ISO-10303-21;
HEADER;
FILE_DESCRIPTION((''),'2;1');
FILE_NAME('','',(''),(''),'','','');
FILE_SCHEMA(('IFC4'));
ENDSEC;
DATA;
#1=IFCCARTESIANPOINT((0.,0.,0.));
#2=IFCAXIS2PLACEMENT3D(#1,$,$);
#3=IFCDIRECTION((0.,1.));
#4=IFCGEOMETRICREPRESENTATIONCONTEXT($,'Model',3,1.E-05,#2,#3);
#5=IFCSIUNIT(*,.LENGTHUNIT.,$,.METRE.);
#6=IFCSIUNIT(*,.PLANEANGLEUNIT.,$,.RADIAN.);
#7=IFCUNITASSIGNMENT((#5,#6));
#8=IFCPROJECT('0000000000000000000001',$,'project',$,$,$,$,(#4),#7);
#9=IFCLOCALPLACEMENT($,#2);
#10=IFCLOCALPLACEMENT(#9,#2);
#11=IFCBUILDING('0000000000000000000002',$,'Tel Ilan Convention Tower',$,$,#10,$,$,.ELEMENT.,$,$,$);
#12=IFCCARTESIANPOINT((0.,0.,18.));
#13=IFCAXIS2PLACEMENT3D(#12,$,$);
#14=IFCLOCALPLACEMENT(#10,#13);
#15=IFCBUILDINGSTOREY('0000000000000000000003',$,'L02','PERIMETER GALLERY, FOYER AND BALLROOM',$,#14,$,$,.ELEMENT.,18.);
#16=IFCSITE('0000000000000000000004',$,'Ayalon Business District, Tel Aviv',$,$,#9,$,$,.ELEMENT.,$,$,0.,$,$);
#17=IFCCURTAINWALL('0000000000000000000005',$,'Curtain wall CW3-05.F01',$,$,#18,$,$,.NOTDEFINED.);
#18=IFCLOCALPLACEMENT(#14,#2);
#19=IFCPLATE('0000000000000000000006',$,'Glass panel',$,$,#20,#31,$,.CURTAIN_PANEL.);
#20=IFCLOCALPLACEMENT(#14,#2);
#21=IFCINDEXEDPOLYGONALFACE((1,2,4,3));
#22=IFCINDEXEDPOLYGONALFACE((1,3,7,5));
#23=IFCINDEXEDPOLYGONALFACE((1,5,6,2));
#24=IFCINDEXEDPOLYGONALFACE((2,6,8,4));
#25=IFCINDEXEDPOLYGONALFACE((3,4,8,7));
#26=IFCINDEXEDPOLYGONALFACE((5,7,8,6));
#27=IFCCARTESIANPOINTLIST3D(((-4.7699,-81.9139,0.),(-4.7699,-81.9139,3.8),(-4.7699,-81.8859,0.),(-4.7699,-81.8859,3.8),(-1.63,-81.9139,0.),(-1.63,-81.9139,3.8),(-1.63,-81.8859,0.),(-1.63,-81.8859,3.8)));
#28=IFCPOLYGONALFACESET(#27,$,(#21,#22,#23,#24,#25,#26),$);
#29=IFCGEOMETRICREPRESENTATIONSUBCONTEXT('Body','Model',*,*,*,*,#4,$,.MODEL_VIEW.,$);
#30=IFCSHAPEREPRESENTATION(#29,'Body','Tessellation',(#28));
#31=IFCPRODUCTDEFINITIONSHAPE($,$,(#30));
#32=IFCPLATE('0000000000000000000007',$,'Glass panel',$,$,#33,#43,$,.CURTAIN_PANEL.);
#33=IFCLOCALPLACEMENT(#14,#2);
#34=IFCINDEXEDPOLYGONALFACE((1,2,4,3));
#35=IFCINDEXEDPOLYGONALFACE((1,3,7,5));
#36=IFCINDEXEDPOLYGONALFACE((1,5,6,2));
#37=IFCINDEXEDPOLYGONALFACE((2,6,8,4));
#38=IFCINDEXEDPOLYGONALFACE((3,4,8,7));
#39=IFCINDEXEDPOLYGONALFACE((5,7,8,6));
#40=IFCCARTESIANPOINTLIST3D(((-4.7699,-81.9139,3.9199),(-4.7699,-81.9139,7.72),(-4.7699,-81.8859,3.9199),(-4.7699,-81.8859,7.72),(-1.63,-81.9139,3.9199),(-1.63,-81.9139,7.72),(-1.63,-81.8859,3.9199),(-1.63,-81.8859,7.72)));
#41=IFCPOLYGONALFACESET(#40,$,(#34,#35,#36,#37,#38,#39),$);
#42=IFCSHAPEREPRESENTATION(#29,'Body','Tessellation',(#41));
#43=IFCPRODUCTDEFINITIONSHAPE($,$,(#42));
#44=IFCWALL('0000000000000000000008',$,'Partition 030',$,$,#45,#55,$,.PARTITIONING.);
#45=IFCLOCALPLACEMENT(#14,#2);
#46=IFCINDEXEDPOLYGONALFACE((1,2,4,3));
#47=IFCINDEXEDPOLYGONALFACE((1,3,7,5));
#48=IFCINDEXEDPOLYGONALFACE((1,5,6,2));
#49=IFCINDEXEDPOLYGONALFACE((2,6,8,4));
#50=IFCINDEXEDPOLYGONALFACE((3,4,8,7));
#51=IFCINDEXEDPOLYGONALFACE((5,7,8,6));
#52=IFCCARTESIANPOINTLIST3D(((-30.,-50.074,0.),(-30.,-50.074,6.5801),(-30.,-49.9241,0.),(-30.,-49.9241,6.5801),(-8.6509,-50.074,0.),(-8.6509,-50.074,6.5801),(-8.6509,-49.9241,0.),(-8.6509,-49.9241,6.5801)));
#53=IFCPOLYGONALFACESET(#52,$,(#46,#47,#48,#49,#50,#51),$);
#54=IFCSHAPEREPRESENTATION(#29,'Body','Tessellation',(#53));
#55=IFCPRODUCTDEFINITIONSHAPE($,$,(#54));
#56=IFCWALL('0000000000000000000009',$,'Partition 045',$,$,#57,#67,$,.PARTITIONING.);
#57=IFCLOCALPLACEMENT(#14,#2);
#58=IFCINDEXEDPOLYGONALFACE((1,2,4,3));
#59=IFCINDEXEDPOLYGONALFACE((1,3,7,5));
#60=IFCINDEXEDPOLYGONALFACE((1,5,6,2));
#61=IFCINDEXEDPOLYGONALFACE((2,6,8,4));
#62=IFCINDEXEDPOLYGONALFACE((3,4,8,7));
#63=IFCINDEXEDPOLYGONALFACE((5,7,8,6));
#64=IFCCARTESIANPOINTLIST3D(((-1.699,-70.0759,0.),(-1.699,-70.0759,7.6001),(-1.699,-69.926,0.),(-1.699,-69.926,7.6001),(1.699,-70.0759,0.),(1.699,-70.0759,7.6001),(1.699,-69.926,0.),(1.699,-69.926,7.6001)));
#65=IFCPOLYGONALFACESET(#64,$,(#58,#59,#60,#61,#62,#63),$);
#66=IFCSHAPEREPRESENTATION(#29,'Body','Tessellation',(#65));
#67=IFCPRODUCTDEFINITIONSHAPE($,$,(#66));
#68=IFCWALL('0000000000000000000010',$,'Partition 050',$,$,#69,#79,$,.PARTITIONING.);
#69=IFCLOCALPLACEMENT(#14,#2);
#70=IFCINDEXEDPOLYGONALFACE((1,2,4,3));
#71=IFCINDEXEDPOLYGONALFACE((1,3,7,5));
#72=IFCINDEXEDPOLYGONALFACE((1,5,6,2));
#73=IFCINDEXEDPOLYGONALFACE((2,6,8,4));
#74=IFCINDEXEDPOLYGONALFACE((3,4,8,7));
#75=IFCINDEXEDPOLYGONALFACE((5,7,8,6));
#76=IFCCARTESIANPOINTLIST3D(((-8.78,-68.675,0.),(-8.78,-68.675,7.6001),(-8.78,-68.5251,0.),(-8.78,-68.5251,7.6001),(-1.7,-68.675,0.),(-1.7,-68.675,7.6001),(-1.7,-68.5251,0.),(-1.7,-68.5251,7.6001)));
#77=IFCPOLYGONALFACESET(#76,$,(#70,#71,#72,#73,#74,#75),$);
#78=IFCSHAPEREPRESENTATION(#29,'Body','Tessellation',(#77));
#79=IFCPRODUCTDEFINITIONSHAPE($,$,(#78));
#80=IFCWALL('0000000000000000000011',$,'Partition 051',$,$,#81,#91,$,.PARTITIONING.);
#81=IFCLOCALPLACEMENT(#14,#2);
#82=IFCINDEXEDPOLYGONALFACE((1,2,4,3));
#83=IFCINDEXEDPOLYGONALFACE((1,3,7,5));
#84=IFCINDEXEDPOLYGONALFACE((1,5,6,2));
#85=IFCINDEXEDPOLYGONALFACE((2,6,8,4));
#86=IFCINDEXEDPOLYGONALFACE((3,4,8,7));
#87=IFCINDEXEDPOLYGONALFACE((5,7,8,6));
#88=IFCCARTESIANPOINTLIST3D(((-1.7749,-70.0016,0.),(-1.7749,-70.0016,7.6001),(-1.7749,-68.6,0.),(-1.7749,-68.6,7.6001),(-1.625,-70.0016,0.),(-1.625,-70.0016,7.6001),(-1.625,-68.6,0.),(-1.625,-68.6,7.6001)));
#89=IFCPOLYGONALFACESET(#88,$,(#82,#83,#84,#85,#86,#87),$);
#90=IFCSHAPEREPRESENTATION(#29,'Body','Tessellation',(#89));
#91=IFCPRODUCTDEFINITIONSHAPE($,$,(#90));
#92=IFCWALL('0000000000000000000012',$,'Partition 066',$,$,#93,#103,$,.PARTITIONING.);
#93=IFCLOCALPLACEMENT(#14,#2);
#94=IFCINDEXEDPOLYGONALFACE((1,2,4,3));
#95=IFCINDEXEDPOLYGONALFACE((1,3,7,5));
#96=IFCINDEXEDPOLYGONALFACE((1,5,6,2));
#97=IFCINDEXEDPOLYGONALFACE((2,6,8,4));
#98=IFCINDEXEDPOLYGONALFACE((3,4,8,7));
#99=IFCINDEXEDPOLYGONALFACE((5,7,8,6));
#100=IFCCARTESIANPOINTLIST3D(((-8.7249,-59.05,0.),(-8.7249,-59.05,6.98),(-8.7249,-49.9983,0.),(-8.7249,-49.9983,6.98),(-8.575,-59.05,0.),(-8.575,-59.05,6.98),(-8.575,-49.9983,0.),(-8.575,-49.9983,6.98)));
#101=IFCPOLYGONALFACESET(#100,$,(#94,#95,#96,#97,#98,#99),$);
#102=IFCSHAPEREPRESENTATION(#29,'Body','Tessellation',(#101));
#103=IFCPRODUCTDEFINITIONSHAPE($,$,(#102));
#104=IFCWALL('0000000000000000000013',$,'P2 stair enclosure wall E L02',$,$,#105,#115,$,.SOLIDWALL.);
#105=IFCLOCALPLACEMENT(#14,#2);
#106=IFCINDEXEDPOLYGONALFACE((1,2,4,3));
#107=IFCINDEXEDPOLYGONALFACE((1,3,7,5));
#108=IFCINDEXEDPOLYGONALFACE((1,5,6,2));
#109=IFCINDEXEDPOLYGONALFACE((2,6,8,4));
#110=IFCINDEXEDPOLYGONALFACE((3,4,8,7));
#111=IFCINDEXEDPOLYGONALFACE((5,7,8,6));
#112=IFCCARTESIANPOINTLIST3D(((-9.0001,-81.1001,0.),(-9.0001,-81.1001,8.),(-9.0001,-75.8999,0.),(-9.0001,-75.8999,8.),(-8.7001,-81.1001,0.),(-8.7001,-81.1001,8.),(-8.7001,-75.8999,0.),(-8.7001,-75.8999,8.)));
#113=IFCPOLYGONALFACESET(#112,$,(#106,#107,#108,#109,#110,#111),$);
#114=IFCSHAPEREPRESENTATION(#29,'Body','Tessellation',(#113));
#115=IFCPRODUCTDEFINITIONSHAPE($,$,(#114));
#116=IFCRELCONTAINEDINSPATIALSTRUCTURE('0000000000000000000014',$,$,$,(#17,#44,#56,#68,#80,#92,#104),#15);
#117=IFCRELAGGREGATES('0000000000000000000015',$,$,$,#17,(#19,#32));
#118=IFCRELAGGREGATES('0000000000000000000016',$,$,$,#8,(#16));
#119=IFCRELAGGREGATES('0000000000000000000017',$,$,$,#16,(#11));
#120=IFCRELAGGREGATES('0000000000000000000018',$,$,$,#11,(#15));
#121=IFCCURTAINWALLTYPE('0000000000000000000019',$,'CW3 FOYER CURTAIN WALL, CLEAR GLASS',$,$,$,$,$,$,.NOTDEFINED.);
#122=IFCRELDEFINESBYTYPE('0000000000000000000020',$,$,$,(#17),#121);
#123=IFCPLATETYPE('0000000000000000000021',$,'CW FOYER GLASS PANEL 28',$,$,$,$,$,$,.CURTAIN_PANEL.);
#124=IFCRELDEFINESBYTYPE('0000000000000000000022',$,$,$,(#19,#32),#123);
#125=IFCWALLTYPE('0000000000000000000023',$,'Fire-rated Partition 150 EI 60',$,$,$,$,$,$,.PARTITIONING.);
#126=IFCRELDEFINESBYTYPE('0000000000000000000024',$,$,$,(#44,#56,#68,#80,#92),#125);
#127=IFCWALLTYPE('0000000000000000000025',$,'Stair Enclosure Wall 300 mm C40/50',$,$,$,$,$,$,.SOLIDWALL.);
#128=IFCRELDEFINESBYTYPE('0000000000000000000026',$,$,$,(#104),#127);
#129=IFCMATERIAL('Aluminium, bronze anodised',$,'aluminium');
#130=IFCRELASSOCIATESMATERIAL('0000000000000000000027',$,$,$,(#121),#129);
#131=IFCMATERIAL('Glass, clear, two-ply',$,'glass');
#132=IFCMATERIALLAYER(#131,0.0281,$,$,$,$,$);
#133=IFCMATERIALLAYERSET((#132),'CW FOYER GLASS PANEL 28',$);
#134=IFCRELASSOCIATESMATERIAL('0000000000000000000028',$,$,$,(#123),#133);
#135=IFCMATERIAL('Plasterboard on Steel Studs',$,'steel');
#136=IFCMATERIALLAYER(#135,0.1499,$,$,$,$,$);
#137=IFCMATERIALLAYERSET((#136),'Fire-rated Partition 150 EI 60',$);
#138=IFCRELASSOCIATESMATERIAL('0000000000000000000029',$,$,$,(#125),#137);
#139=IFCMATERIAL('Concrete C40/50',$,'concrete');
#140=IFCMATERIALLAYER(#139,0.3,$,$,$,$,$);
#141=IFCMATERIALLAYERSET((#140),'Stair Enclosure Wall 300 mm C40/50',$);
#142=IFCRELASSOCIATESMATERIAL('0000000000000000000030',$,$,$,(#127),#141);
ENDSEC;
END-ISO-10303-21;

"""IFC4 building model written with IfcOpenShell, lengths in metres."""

from ifc_helpers import new_model, si_unit, direction, frame, frame_2d, origin, origin_2d, place, context, subcontext, project, spatial, rectangle, extrude, material, layer, layer_set, type_object, element, aggregate, save


model = new_model("IFC4")

# Units and contexts
model_context = context("Model", 3, precision=1e-05, world=origin(), true_north=direction((0.0, 1.0)))
body_context = subcontext(model_context, "Body", "Model", "MODEL_VIEW")
ifc_project = project(units=[si_unit("LENGTHUNIT", "METRE"), si_unit("PLANEANGLEUNIT", "RADIAN")], contexts=[model_context])

# Site, building, storey
site_placement = place(None, origin())
site = spatial("IfcSite", under=ifc_project, at=site_placement, Name="Ayalon Business District, Tel Aviv", CompositionType="ELEMENT", RefElevation=0.0)
building_placement = place(site_placement, origin())
building = spatial("IfcBuilding", under=site, at=building_placement, Name="Tel Ilan Convention Tower", CompositionType="ELEMENT")
storey_placement = place(building_placement, frame((0.0, 0.0, 18.0)))
storey = spatial("IfcBuildingStorey", under=building, at=storey_placement, Name="L02", Description="PERIMETER GALLERY, FOYER AND BALLROOM", CompositionType="ELEMENT", Elevation=18.0)

# Curtain wall
ifc_material_1 = material(Name="Aluminium, bronze anodised", Category="aluminium")
curtain_wall_type = type_object("IfcCurtainWallType", Name="CW3 FOYER CURTAIN WALL, CLEAR GLASS", PredefinedType="NOTDEFINED", material=ifc_material_1)
curtain_wall_placement = place(storey_placement, origin())
curtain_wall = element("IfcCurtainWall", 1, at=curtain_wall_placement, inside=storey, type_object=curtain_wall_type, Name="Curtain wall CW3-05.F01", PredefinedType="NOTDEFINED")

# Plates
ifc_material_2 = material(Name="Glass, clear, two-ply", Category="glass")
ifc_layer_1 = layer(ifc_material_2, 0.0281)
ifc_layer_set_1 = layer_set([ifc_layer_1], Name="CW FOYER GLASS PANEL 28")
plate_type = type_object("IfcPlateType", Name="CW FOYER GLASS PANEL 28", PredefinedType="CURTAIN_PANEL", material=ifc_layer_set_1)
plate_1_placement = place(storey_placement, frame((-3.2, -81.8999, 0.0), z_axis=(0.0, 0.0, 1.0), x_axis=(1.0, 0.0, 0.0)))
plate_1 = element("IfcPlate", 2, at=plate_1_placement, type_object=plate_type, Name="Glass panel", PredefinedType="CURTAIN_PANEL", context=body_context, shape_type="SweptSolid", body=[
    extrude(rectangle(XDim=3.1399, YDim=0.0281, at=origin_2d()), origin(), (0.0, 0.0, 1.0), 3.8),
])
plate_2_placement = place(storey_placement, frame((-3.2, -81.8999, 3.9199), z_axis=(0.0, 0.0, 1.0), x_axis=(1.0, 0.0, 0.0)))
plate_2 = element("IfcPlate", 3, at=plate_2_placement, type_object=plate_type, Name="Glass panel", PredefinedType="CURTAIN_PANEL", context=body_context, shape_type="SweptSolid", body=[
    extrude(rectangle(XDim=3.1399, YDim=0.0281, at=origin_2d()), origin(), (0.0, 0.0, 1.0), 3.8),
])
aggregate(curtain_wall, [plate_1, plate_2])

# Walls
ifc_material_3 = material(Name="Plasterboard on Steel Studs", Category="steel")
ifc_layer_2 = layer(ifc_material_3, 0.1499)
ifc_layer_set_2 = layer_set([ifc_layer_2], Name="Fire-rated Partition 150 EI 60")
wall_type_1 = type_object("IfcWallType", Name="Fire-rated Partition 150 EI 60", PredefinedType="PARTITIONING", material=ifc_layer_set_2)
wall_1_placement = place(storey_placement, frame((-8.6509, -49.999, 0.0), z_axis=(0.0, 0.0, 1.0), x_axis=(-1.0, 0.0, 0.0)))
element("IfcWall", 4, at=wall_1_placement, inside=storey, type_object=wall_type_1, Name="Partition 030", PredefinedType="PARTITIONING", context=body_context, shape_type="SweptSolid", body=[
    extrude(rectangle(XDim=21.3491, YDim=0.1499, at=frame_2d((10.6746, 0.0))), origin(), (0.0, 0.0, 1.0), 6.5801),
])
wall_2_placement = place(storey_placement, frame((-1.699, -70.001, 0.0), z_axis=(0.0, 0.0, 1.0), x_axis=(1.0, 0.0, 0.0)))
element("IfcWall", 5, at=wall_2_placement, inside=storey, type_object=wall_type_1, Name="Partition 045", PredefinedType="PARTITIONING", context=body_context, shape_type="SweptSolid", body=[
    extrude(rectangle(XDim=3.3979, YDim=0.1499, at=frame_2d((1.699, 0.0))), origin(), (0.0, 0.0, 1.0), 7.6001),
])
wall_3_placement = place(storey_placement, frame((-8.78, -68.6001, 0.0), z_axis=(0.0, 0.0, 1.0), x_axis=(1.0, 0.0, 0.0)))
element("IfcWall", 6, at=wall_3_placement, inside=storey, type_object=wall_type_1, Name="Partition 050", PredefinedType="PARTITIONING", context=body_context, shape_type="SweptSolid", body=[
    extrude(rectangle(XDim=7.0801, YDim=0.1499, at=frame_2d((3.54, 0.0))), origin(), (0.0, 0.0, 1.0), 7.6001),
])
wall_4_placement = place(storey_placement, frame((-1.7, -68.6001, 0.0), z_axis=(0.0, 0.0, 1.0), x_axis=(0.0, -1.0, 0.0)))
element("IfcWall", 7, at=wall_4_placement, inside=storey, type_object=wall_type_1, Name="Partition 051", PredefinedType="PARTITIONING", context=body_context, shape_type="SweptSolid", body=[
    extrude(rectangle(XDim=1.4016, YDim=0.1499, at=frame_2d((0.7007, 0.0))), origin(), (0.0, 0.0, 1.0), 7.6001),
])
wall_5_placement = place(storey_placement, frame((-8.6499, -59.05, 0.0), z_axis=(0.0, 0.0, 1.0), x_axis=(0.0, 1.0, 0.0)))
element("IfcWall", 8, at=wall_5_placement, inside=storey, type_object=wall_type_1, Name="Partition 066", PredefinedType="PARTITIONING", context=body_context, shape_type="SweptSolid", body=[
    extrude(rectangle(XDim=9.0518, YDim=0.1499, at=frame_2d((4.5259, 0.0))), origin(), (0.0, 0.0, 1.0), 6.98),
])
ifc_material_4 = material(Name="Concrete C40/50", Category="concrete")
ifc_layer_3 = layer(ifc_material_4, 0.3)
ifc_layer_set_3 = layer_set([ifc_layer_3], Name="Stair Enclosure Wall 300 mm C40/50")
wall_type_2 = type_object("IfcWallType", Name="Stair Enclosure Wall 300 mm C40/50", PredefinedType="SOLIDWALL", material=ifc_layer_set_3)
wall_6_placement = place(storey_placement, frame((-8.8501, -81.1001, 0.0), z_axis=(0.0, 0.0, 1.0), x_axis=(0.0, 1.0, 0.0)))
element("IfcWall", 9, at=wall_6_placement, inside=storey, type_object=wall_type_2, Name="P2 stair enclosure wall E L02", PredefinedType="SOLIDWALL", context=body_context, shape_type="SweptSolid", body=[
    extrude(rectangle(XDim=5.2002, YDim=0.3, at=frame_2d((2.6001, 0.0))), origin(), (0.0, 0.0, 1.0), 8.0),
])

save(model, "model.ifc")
